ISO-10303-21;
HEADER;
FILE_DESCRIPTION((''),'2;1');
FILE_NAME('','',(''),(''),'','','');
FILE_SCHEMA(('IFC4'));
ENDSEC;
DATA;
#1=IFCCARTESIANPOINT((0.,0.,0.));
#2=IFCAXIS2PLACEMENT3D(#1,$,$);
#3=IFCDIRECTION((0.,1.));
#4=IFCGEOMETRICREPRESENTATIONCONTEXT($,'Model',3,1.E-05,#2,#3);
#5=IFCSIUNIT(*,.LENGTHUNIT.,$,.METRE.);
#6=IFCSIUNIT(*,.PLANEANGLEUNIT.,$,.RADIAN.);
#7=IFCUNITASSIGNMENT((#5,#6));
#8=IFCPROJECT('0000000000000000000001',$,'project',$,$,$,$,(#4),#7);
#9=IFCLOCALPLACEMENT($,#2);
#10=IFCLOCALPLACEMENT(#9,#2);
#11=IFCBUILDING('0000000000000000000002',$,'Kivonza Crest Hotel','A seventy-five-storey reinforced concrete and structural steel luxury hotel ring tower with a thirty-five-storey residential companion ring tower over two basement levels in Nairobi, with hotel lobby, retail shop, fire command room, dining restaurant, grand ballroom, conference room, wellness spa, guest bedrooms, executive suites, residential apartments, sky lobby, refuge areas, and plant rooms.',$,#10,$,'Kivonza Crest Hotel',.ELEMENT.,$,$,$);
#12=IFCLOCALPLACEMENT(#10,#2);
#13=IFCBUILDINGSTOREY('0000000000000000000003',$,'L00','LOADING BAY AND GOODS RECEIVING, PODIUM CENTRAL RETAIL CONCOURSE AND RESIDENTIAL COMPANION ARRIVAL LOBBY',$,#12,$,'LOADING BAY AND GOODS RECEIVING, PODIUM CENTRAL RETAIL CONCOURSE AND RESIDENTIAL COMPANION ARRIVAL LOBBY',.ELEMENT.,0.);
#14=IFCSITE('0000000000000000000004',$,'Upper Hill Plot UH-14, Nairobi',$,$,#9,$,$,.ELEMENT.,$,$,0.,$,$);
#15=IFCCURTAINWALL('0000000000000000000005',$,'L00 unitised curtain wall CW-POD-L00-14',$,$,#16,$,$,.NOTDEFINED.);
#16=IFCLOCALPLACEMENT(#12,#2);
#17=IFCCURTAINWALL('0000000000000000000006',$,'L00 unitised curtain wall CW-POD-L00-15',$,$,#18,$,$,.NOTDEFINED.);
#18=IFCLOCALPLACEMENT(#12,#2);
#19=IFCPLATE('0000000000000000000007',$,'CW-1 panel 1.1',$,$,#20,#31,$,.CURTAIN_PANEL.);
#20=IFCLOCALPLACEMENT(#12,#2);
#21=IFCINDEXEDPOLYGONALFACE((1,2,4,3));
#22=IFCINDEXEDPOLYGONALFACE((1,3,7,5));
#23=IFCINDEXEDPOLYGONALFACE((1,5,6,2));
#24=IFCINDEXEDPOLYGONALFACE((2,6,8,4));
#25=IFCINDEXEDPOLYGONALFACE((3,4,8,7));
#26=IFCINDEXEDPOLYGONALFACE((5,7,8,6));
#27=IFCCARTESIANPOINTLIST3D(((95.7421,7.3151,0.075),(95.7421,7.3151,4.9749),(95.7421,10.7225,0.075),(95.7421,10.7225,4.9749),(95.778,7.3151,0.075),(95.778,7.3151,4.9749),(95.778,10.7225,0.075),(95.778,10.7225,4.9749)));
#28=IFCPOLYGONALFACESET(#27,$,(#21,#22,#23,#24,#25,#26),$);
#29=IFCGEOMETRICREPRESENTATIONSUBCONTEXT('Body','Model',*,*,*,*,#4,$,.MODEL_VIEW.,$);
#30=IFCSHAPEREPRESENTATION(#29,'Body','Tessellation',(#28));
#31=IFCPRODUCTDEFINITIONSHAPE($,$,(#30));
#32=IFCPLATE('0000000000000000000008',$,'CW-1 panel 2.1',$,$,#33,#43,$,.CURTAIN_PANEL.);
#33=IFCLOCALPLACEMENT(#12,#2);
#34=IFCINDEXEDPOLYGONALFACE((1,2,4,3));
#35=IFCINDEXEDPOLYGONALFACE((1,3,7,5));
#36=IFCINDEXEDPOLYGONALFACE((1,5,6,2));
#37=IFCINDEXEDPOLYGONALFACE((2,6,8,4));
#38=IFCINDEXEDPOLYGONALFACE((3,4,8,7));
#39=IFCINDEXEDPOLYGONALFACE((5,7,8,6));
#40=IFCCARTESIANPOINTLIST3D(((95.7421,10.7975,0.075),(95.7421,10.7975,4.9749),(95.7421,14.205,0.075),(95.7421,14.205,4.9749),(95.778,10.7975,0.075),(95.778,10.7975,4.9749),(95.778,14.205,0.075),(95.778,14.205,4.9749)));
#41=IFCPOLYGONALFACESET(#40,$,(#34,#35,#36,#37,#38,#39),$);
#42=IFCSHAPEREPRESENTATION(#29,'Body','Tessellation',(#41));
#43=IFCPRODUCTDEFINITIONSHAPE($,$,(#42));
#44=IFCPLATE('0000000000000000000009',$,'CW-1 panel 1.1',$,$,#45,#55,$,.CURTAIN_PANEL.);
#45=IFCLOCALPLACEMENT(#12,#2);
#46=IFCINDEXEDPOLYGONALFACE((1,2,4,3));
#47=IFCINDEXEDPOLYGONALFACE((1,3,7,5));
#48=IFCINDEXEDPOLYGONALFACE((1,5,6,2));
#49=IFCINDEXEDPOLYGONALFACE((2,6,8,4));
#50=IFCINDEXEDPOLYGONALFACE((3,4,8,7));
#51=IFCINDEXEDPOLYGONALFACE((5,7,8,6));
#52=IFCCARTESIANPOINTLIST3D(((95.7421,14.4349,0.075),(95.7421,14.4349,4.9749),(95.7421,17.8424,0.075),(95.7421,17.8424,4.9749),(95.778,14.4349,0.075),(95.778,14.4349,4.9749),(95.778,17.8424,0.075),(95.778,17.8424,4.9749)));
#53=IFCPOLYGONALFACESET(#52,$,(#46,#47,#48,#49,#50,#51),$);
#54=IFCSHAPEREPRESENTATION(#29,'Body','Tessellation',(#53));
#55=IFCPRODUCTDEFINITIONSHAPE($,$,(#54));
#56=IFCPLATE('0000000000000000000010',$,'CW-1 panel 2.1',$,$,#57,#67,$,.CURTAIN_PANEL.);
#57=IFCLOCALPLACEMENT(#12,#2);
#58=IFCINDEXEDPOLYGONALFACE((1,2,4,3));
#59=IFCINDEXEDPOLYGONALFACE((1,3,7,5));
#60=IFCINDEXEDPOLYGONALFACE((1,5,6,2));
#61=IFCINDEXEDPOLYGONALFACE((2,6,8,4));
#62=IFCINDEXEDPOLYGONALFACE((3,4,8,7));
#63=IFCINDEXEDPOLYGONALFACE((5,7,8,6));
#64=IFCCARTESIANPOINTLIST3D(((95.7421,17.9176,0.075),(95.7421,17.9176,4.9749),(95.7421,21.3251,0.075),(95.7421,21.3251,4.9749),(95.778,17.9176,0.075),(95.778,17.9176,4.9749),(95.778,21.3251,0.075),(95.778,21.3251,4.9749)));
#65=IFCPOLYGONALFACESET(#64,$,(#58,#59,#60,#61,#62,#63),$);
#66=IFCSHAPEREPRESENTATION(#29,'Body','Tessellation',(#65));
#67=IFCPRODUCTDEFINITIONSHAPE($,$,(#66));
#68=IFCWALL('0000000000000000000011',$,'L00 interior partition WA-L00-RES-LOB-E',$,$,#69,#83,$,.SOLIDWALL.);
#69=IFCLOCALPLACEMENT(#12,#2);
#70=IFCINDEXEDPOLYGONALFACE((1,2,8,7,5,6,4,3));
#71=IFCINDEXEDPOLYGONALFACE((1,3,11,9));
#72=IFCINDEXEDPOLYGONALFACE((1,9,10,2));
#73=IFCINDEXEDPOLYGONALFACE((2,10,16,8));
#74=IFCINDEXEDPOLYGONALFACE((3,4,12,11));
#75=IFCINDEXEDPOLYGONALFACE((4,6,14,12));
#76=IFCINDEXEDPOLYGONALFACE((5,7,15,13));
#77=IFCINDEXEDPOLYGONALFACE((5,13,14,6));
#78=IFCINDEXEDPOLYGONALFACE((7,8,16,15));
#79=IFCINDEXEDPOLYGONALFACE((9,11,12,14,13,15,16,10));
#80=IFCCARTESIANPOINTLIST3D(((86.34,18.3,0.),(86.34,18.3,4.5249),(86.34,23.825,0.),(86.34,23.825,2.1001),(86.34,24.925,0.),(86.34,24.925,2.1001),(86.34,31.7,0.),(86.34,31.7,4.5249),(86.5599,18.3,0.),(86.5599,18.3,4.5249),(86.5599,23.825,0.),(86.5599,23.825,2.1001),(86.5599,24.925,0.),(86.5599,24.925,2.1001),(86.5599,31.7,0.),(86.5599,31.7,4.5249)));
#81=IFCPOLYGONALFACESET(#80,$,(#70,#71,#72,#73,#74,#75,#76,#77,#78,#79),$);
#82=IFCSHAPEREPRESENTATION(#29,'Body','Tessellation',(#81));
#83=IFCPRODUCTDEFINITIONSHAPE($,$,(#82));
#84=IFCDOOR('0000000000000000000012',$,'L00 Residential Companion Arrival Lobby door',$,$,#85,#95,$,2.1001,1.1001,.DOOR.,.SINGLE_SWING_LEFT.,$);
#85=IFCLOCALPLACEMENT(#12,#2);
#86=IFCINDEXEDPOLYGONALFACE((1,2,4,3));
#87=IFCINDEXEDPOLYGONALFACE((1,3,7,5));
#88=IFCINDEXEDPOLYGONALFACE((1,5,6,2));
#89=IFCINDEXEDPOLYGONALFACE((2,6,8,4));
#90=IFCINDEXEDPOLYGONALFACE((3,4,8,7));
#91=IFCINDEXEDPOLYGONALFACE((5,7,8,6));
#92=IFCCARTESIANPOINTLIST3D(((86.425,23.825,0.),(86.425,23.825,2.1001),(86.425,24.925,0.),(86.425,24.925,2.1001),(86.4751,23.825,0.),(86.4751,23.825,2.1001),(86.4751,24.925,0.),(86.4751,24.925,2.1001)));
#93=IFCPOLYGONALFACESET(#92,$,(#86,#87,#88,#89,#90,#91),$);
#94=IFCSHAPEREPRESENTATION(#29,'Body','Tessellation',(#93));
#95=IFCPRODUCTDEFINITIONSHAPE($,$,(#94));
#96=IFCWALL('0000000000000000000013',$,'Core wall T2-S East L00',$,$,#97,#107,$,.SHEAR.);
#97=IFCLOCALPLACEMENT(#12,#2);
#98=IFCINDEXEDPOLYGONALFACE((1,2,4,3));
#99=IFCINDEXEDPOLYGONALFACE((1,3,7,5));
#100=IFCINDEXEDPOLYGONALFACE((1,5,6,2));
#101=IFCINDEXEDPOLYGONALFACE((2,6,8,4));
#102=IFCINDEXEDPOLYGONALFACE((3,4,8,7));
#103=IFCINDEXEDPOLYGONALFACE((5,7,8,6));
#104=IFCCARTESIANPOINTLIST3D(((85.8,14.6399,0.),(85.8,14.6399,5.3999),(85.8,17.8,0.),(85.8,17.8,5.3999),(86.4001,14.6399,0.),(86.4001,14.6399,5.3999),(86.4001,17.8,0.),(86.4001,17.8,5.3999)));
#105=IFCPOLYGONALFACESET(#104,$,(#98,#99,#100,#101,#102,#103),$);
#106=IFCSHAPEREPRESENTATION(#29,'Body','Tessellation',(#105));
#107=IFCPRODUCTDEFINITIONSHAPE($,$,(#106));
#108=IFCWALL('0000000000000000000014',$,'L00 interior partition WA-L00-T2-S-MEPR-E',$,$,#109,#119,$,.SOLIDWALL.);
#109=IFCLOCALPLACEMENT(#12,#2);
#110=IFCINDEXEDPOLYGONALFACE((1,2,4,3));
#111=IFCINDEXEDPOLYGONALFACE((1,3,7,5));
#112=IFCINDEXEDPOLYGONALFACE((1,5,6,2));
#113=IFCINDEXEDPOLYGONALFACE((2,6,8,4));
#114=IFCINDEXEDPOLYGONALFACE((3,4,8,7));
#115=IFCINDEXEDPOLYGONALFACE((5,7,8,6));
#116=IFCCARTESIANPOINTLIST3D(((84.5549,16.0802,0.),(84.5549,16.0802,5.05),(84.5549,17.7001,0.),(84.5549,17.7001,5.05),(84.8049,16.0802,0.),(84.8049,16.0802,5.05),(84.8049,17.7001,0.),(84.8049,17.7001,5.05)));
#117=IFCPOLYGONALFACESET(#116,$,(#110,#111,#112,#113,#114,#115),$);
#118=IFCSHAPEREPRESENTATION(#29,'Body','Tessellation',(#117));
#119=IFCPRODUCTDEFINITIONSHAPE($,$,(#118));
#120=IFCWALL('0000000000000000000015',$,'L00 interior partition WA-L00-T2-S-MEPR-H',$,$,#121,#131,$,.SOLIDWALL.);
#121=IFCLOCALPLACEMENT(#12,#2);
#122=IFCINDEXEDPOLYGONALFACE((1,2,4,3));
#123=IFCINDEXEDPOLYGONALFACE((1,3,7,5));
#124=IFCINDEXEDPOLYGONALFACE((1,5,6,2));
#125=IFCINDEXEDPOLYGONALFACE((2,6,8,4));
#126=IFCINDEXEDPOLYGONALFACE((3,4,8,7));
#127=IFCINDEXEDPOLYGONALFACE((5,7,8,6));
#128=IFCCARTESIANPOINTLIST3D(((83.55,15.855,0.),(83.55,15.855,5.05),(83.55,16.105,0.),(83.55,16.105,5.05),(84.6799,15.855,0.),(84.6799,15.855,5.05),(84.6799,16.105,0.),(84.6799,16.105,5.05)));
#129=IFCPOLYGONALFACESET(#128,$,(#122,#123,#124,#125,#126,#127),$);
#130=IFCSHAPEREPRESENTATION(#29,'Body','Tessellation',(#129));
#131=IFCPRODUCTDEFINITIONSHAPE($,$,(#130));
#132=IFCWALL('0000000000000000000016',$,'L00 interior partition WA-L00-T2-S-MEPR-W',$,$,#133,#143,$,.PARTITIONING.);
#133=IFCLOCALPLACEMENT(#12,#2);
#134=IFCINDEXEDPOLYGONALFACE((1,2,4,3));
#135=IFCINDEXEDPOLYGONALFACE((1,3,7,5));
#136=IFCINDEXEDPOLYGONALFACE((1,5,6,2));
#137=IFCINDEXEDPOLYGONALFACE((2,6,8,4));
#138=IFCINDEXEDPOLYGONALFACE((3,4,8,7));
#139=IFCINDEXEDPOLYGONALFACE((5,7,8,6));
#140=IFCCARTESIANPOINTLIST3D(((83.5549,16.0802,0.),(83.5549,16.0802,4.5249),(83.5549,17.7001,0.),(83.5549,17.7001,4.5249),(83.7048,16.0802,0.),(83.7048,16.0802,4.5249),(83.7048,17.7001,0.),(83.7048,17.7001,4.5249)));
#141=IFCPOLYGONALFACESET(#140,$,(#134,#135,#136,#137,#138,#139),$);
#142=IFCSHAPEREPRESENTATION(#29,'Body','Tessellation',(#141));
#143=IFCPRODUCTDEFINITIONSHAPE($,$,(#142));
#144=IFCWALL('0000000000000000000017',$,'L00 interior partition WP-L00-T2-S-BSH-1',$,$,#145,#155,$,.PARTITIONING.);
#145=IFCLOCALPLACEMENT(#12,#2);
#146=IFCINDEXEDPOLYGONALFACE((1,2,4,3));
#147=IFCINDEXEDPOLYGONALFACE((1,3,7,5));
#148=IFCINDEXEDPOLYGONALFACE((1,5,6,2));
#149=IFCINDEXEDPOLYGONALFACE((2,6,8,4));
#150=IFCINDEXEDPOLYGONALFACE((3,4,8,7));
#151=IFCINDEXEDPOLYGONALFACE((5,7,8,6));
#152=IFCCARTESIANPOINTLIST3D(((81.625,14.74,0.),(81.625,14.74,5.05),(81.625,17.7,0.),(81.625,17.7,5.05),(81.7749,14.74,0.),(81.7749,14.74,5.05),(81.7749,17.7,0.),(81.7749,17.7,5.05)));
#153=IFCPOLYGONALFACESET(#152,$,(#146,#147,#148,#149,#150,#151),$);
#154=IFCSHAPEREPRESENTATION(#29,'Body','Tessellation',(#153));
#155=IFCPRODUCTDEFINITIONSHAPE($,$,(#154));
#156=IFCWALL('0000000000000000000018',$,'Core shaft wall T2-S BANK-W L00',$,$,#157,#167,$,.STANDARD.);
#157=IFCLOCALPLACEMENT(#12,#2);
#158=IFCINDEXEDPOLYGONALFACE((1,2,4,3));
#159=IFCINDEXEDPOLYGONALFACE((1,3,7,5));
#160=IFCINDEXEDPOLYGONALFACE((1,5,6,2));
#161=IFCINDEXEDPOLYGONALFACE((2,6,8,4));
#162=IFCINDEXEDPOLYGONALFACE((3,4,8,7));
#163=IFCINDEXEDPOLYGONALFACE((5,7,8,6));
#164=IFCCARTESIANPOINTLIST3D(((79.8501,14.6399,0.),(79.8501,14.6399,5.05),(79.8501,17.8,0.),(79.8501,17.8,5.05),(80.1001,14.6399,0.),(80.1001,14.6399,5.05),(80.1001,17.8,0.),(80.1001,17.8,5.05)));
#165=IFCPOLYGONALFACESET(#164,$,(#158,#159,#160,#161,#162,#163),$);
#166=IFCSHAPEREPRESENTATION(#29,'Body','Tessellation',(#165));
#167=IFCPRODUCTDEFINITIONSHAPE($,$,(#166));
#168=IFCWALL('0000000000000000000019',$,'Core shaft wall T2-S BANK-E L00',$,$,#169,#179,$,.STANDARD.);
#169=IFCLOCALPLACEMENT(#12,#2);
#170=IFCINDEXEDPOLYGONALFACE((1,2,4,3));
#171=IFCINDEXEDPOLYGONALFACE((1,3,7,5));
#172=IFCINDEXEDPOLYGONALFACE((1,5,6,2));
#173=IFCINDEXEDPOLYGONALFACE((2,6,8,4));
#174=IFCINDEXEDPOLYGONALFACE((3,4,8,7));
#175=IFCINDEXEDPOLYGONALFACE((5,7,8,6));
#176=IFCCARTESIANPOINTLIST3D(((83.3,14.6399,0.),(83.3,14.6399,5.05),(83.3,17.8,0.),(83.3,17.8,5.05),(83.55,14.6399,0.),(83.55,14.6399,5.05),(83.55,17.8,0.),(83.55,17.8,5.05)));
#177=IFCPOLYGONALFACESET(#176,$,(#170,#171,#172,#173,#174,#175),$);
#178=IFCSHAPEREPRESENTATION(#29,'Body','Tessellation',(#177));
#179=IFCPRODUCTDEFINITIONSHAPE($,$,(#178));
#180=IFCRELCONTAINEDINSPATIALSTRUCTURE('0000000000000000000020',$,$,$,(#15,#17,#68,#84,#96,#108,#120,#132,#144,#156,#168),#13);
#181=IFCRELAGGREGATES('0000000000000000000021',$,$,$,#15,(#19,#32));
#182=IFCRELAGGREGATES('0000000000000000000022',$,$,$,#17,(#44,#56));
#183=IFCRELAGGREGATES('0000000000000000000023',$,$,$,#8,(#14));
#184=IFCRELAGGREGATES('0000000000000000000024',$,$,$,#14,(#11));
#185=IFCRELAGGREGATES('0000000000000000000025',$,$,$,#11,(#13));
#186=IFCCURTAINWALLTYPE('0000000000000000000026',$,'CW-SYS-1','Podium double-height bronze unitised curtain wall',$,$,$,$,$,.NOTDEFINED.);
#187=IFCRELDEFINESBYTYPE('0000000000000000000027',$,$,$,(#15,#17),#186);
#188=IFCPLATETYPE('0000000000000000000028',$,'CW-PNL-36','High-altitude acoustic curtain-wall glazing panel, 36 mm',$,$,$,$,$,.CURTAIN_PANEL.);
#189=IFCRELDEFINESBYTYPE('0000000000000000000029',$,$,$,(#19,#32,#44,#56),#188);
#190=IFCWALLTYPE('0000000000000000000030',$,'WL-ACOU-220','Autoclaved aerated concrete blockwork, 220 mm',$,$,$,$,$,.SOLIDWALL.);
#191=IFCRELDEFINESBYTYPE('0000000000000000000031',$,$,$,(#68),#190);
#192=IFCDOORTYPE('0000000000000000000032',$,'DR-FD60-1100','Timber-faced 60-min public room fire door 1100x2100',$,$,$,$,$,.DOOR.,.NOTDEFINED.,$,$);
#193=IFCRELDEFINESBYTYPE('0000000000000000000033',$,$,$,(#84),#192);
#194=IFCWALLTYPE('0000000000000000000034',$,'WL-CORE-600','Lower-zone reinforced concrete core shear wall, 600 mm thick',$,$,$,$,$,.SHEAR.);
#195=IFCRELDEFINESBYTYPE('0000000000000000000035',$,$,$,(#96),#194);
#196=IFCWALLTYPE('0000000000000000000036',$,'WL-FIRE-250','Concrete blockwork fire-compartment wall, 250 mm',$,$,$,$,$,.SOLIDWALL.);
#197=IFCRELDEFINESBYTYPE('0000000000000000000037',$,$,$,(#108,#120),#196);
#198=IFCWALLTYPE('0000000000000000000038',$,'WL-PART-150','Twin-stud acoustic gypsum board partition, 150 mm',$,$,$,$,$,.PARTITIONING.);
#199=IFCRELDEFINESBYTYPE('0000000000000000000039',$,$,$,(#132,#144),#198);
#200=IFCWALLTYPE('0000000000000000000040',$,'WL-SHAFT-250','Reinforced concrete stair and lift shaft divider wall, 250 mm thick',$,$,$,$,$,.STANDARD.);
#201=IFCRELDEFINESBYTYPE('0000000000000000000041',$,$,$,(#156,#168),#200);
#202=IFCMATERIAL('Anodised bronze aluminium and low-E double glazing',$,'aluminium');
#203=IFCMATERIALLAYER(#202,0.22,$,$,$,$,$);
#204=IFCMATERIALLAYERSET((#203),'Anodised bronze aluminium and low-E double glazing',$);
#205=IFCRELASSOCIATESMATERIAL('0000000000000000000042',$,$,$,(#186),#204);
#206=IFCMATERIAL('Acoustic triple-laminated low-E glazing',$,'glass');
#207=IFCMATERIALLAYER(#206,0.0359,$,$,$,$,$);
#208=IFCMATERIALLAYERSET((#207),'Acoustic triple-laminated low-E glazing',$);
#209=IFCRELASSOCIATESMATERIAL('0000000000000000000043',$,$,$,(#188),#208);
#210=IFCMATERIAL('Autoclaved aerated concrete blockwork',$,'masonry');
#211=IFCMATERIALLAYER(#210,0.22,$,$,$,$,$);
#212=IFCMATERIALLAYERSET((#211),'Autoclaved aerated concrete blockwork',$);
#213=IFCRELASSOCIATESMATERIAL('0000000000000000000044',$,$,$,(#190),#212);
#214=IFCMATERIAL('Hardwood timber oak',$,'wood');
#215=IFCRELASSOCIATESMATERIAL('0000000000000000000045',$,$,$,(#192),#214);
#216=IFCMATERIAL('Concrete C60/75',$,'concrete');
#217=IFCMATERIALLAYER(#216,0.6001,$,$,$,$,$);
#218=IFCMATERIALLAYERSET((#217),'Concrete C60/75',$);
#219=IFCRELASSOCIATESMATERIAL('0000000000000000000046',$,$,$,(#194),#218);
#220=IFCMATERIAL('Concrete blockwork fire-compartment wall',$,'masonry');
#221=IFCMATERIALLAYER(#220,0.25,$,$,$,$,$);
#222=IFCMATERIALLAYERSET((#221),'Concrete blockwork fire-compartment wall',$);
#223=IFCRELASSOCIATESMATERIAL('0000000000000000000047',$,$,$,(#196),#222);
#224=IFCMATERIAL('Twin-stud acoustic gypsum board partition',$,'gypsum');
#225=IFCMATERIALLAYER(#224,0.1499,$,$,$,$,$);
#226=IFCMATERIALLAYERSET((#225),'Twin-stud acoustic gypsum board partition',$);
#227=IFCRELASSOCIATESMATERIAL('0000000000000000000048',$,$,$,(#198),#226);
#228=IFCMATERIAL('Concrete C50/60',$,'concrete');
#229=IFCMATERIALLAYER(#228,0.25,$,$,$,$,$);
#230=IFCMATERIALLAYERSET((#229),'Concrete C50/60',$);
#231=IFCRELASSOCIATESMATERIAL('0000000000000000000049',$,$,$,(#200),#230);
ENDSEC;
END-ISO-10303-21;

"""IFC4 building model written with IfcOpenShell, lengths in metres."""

from ifc_helpers import new_model, si_unit, direction, frame, frame_2d, origin, origin_2d, place, context, subcontext, project, spatial, rectangle, extrude, material, layer, layer_set, type_object, element, fill, aggregate, save


model = new_model("IFC4")

# Units and contexts
model_context = context("Model", 3, precision=1e-05, world=origin(), true_north=direction((0.0, 1.0)))
body_context = subcontext(model_context, "Body", "Model", "MODEL_VIEW")
ifc_project = project(units=[si_unit("LENGTHUNIT", "METRE"), si_unit("PLANEANGLEUNIT", "RADIAN")], contexts=[model_context])

# Site, building, storey
site_placement = place(None, origin())
site = spatial("IfcSite", under=ifc_project, at=site_placement, Name="Upper Hill Plot UH-14, Nairobi", CompositionType="ELEMENT", RefElevation=0.0)
building_placement = place(site_placement, origin())
building = spatial("IfcBuilding", under=site, at=building_placement, Name="Kivonza Crest Hotel", Description="A seventy-five-storey reinforced concrete and structural steel luxury hotel ring tower with a thirty-five-storey residential companion ring tower over two basement levels in Nairobi, with hotel lobby, retail shop, fire command room, dining restaurant, grand ballroom, conference room, wellness spa, guest bedrooms, executive suites, residential apartments, sky lobby, refuge areas, and plant rooms.", LongName="Kivonza Crest Hotel", CompositionType="ELEMENT")
storey_placement = place(building_placement, origin())
storey = spatial("IfcBuildingStorey", under=building, at=storey_placement, Name="L00", Description="LOADING BAY AND GOODS RECEIVING, PODIUM CENTRAL RETAIL CONCOURSE AND RESIDENTIAL COMPANION ARRIVAL LOBBY", LongName="LOADING BAY AND GOODS RECEIVING, PODIUM CENTRAL RETAIL CONCOURSE AND RESIDENTIAL COMPANION ARRIVAL LOBBY", CompositionType="ELEMENT", Elevation=0.0)

# Shared definitions
ifc_material_1 = material(Name="Concrete C60/75", Category="concrete")

# Shared definitions
ifc_material_2 = material(Name="Anodised bronze aluminium and low-E double glazing", Category="aluminium")
ifc_layer_1 = layer(ifc_material_2, 0.22)
ifc_layer_set_1 = layer_set([ifc_layer_1], Name="Anodised bronze aluminium and low-E double glazing")
curtain_wall_type = type_object("IfcCurtainWallType", Name="CW-SYS-1", Description="Podium double-height bronze unitised curtain wall", PredefinedType="NOTDEFINED", material=ifc_layer_set_1)

# Curtain walls
curtain_wall_1_placement = place(storey_placement, origin())
curtain_wall_1 = element("IfcCurtainWall", 1, at=curtain_wall_1_placement, inside=storey, type_object=curtain_wall_type, Name="L00 unitised curtain wall CW-POD-L00-14", PredefinedType="NOTDEFINED")
curtain_wall_2_placement = place(storey_placement, origin())
curtain_wall_2 = element("IfcCurtainWall", 2, at=curtain_wall_2_placement, inside=storey, type_object=curtain_wall_type, Name="L00 unitised curtain wall CW-POD-L00-15", PredefinedType="NOTDEFINED")

# Plates
ifc_material_3 = material(Name="Acoustic triple-laminated low-E glazing", Category="glass")
ifc_layer_2 = layer(ifc_material_3, 0.0359)
ifc_layer_set_2 = layer_set([ifc_layer_2], Name="Acoustic triple-laminated low-E glazing")
plate_type = type_object("IfcPlateType", Name="CW-PNL-36", Description="High-altitude acoustic curtain-wall glazing panel, 36 mm", PredefinedType="CURTAIN_PANEL", material=ifc_layer_set_2)
plate_1_placement = place(storey_placement, frame((95.76, 9.0188, 0.075), z_axis=(0.0, 0.0, 1.0), x_axis=(0.0, 1.0, 0.0)))
plate_1 = element("IfcPlate", 3, at=plate_1_placement, type_object=plate_type, Name="CW-1 panel 1.1", PredefinedType="CURTAIN_PANEL", context=body_context, shape_type="SweptSolid", body=[
    extrude(rectangle(XDim=3.4075, YDim=0.0359, at=origin_2d()), origin(), (0.0, 0.0, 1.0), 4.8999),
])
plate_2_placement = place(storey_placement, frame((95.76, 12.5012, 0.075), z_axis=(0.0, 0.0, 1.0), x_axis=(0.0, 1.0, 0.0)))
plate_2 = element("IfcPlate", 4, at=plate_2_placement, type_object=plate_type, Name="CW-1 panel 2.1", PredefinedType="CURTAIN_PANEL", context=body_context, shape_type="SweptSolid", body=[
    extrude(rectangle(XDim=3.4075, YDim=0.0359, at=origin_2d()), origin(), (0.0, 0.0, 1.0), 4.8999),
])
aggregate(curtain_wall_1, [plate_1, plate_2])
plate_3_placement = place(storey_placement, frame((95.76, 16.1387, 0.075), z_axis=(0.0, 0.0, 1.0), x_axis=(0.0, 1.0, 0.0)))
plate_3 = element("IfcPlate", 5, at=plate_3_placement, type_object=plate_type, Name="CW-1 panel 1.1", PredefinedType="CURTAIN_PANEL", context=body_context, shape_type="SweptSolid", body=[
    extrude(rectangle(XDim=3.4075, YDim=0.0359, at=origin_2d()), origin(), (0.0, 0.0, 1.0), 4.8999),
])
plate_4_placement = place(storey_placement, frame((95.76, 19.6213, 0.075), z_axis=(0.0, 0.0, 1.0), x_axis=(0.0, 1.0, 0.0)))
plate_4 = element("IfcPlate", 6, at=plate_4_placement, type_object=plate_type, Name="CW-1 panel 2.1", PredefinedType="CURTAIN_PANEL", context=body_context, shape_type="SweptSolid", body=[
    extrude(rectangle(XDim=3.4075, YDim=0.0359, at=origin_2d()), origin(), (0.0, 0.0, 1.0), 4.8999),
])
aggregate(curtain_wall_2, [plate_3, plate_4])

# Wall, opening, door
ifc_material_4 = material(Name="Autoclaved aerated concrete blockwork", Category="masonry")
ifc_layer_3 = layer(ifc_material_4, 0.22)
ifc_layer_set_3 = layer_set([ifc_layer_3], Name="Autoclaved aerated concrete blockwork")
wall_type_1 = type_object("IfcWallType", Name="WL-ACOU-220", Description="Autoclaved aerated concrete blockwork, 220 mm", PredefinedType="SOLIDWALL", material=ifc_layer_set_3)
wall_1_placement = place(storey_placement, frame((86.45, 18.3, 0.0), z_axis=(0.0, 0.0, 1.0), x_axis=(0.0, 1.0, 0.0)))
wall_1 = element("IfcWall", 7, at=wall_1_placement, inside=storey, type_object=wall_type_1, Name="L00 interior partition WA-L00-RES-LOB-E", PredefinedType="SOLIDWALL", context=body_context, shape_type="SweptSolid", body=[
    extrude(rectangle(XDim=13.3999, YDim=0.22, at=frame_2d((6.7, 0.0))), origin(), (0.0, 0.0, 1.0), 4.5249),
])
opening_placement = place(wall_1_placement, frame((5.5249, 0.0, 0.0)))
opening = element("IfcOpeningElement", 8, at=opening_placement, cuts=wall_1, PredefinedType="OPENING", context=body_context, shape_type="SweptSolid", body=[
    extrude(rectangle(XDim=1.1001, YDim=2.1001, at=frame_2d((0.55, 1.05))), frame((0.0, 0.1201, 0.0), z_axis=(0.0, -1.0, 0.0), x_axis=(1.0, 0.0, 0.0)), (0.0, 0.0, 1.0), 0.24),
])
ifc_material_5 = material(Name="Hardwood timber oak", Category="wood")
door_type = type_object("IfcDoorType", Name="DR-FD60-1100", Description="Timber-faced 60-min public room fire door 1100x2100", OperationType="NOTDEFINED", PredefinedType="DOOR", material=ifc_material_5)
door_placement = place(opening_placement, origin())
door = element("IfcDoor", 9, at=door_placement, inside=storey, type_object=door_type, Name="L00 Residential Companion Arrival Lobby door", OperationType="SINGLE_SWING_LEFT", OverallHeight=2.1001, OverallWidth=1.1001, PredefinedType="DOOR", context=body_context, shape_type="SweptSolid", body=[
    extrude(rectangle(XDim=1.1001, YDim=2.1001, at=frame_2d((0.55, 1.05))), frame((0.0, 0.0249, 0.0), z_axis=(0.0, -1.0, 0.0), x_axis=(1.0, 0.0, 0.0)), (0.0, 0.0, 1.0), 0.05),
])
fill(opening, door)

# Walls
ifc_layer_4 = layer(ifc_material_1, 0.6001)
ifc_layer_set_4 = layer_set([ifc_layer_4], Name="Concrete C60/75")
wall_type_2 = type_object("IfcWallType", Name="WL-CORE-600", Description="Lower-zone reinforced concrete core shear wall, 600 mm thick", PredefinedType="SHEAR", material=ifc_layer_set_4)
wall_2_placement = place(storey_placement, frame((86.1001, 14.6399, 0.0), z_axis=(0.0, 0.0, 1.0), x_axis=(0.0, 1.0, 0.0)))
element("IfcWall", 10, at=wall_2_placement, inside=storey, type_object=wall_type_2, Name="Core wall T2-S East L00", PredefinedType="SHEAR", context=body_context, shape_type="SweptSolid", body=[
    extrude(rectangle(XDim=3.1602, YDim=0.6001, at=frame_2d((1.5801, 0.0))), origin(), (0.0, 0.0, 1.0), 5.3999),
])
ifc_material_6 = material(Name="Concrete blockwork fire-compartment wall", Category="masonry")
ifc_layer_5 = layer(ifc_material_6, 0.25)
ifc_layer_set_5 = layer_set([ifc_layer_5], Name="Concrete blockwork fire-compartment wall")
wall_type_3 = type_object("IfcWallType", Name="WL-FIRE-250", Description="Concrete blockwork fire-compartment wall, 250 mm", PredefinedType="SOLIDWALL", material=ifc_layer_set_5)
wall_3_placement = place(storey_placement, frame((84.6799, 16.0801, 0.0), z_axis=(0.0, 0.0, 1.0), x_axis=(0.0, 1.0, 0.0)))
element("IfcWall", 11, at=wall_3_placement, inside=storey, type_object=wall_type_3, Name="L00 interior partition WA-L00-T2-S-MEPR-E", PredefinedType="SOLIDWALL", context=body_context, shape_type="SweptSolid", body=[
    extrude(rectangle(XDim=1.6199, YDim=0.25, at=frame_2d((0.8101, 0.0))), origin(), (0.0, 0.0, 1.0), 5.05),
])
wall_4_placement = place(storey_placement, frame((83.55, 15.98, 0.0), z_axis=(0.0, 0.0, 1.0), x_axis=(1.0, 0.0, 0.0)))
element("IfcWall", 12, at=wall_4_placement, inside=storey, type_object=wall_type_3, Name="L00 interior partition WA-L00-T2-S-MEPR-H", PredefinedType="SOLIDWALL", context=body_context, shape_type="SweptSolid", body=[
    extrude(rectangle(XDim=1.1299, YDim=0.25, at=frame_2d((0.5649, 0.0))), origin(), (0.0, 0.0, 1.0), 5.05),
])
ifc_material_7 = material(Name="Twin-stud acoustic gypsum board partition", Category="gypsum")
ifc_layer_6 = layer(ifc_material_7, 0.1499)
ifc_layer_set_6 = layer_set([ifc_layer_6], Name="Twin-stud acoustic gypsum board partition")
wall_type_4 = type_object("IfcWallType", Name="WL-PART-150", Description="Twin-stud acoustic gypsum board partition, 150 mm", PredefinedType="PARTITIONING", material=ifc_layer_set_6)
wall_5_placement = place(storey_placement, frame((83.6299, 16.0801, 0.0), z_axis=(0.0, 0.0, 1.0), x_axis=(0.0, 1.0, 0.0)))
element("IfcWall", 13, at=wall_5_placement, inside=storey, type_object=wall_type_4, Name="L00 interior partition WA-L00-T2-S-MEPR-W", PredefinedType="PARTITIONING", context=body_context, shape_type="SweptSolid", body=[
    extrude(rectangle(XDim=1.6199, YDim=0.1499, at=frame_2d((0.8101, 0.0))), origin(), (0.0, 0.0, 1.0), 4.5249),
])
wall_6_placement = place(storey_placement, frame((81.7, 14.74, 0.0), z_axis=(0.0, 0.0, 1.0), x_axis=(0.0, 1.0, 0.0)))
element("IfcWall", 14, at=wall_6_placement, inside=storey, type_object=wall_type_4, Name="L00 interior partition WP-L00-T2-S-BSH-1", PredefinedType="PARTITIONING", context=body_context, shape_type="SweptSolid", body=[
    extrude(rectangle(XDim=2.96, YDim=0.1499, at=frame_2d((1.48, 0.0))), origin(), (0.0, 0.0, 1.0), 5.05),
])
ifc_material_8 = material(Name="Concrete C50/60", Category="concrete")
ifc_layer_7 = layer(ifc_material_8, 0.25)
ifc_layer_set_7 = layer_set([ifc_layer_7], Name="Concrete C50/60")
wall_type_5 = type_object("IfcWallType", Name="WL-SHAFT-250", Description="Reinforced concrete stair and lift shaft divider wall, 250 mm thick", PredefinedType="STANDARD", material=ifc_layer_set_7)
for number, where, z_axis, x_axis, name in (
    (15, (79.9751, 14.6399, 0.0), (0.0, 0.0, 1.0), (0.0, 1.0, 0.0), "Core shaft wall T2-S BANK-W L00"),
    (16, (83.425, 14.6399, 0.0), (0.0, 0.0, 1.0), (0.0, 1.0, 0.0), "Core shaft wall T2-S BANK-E L00"),
):
    element("IfcWall", number, at=place(storey_placement, frame(where, z_axis=z_axis, x_axis=x_axis)), inside=storey, type_object=wall_type_5, Name=name, PredefinedType="STANDARD", context=body_context, shape_type="SweptSolid", body=[
        extrude(rectangle(XDim=3.1602, YDim=0.25, at=frame_2d((1.5801, 0.0))), origin(), (0.0, 0.0, 1.0), 5.05),
    ])

save(model, "model.ifc")
